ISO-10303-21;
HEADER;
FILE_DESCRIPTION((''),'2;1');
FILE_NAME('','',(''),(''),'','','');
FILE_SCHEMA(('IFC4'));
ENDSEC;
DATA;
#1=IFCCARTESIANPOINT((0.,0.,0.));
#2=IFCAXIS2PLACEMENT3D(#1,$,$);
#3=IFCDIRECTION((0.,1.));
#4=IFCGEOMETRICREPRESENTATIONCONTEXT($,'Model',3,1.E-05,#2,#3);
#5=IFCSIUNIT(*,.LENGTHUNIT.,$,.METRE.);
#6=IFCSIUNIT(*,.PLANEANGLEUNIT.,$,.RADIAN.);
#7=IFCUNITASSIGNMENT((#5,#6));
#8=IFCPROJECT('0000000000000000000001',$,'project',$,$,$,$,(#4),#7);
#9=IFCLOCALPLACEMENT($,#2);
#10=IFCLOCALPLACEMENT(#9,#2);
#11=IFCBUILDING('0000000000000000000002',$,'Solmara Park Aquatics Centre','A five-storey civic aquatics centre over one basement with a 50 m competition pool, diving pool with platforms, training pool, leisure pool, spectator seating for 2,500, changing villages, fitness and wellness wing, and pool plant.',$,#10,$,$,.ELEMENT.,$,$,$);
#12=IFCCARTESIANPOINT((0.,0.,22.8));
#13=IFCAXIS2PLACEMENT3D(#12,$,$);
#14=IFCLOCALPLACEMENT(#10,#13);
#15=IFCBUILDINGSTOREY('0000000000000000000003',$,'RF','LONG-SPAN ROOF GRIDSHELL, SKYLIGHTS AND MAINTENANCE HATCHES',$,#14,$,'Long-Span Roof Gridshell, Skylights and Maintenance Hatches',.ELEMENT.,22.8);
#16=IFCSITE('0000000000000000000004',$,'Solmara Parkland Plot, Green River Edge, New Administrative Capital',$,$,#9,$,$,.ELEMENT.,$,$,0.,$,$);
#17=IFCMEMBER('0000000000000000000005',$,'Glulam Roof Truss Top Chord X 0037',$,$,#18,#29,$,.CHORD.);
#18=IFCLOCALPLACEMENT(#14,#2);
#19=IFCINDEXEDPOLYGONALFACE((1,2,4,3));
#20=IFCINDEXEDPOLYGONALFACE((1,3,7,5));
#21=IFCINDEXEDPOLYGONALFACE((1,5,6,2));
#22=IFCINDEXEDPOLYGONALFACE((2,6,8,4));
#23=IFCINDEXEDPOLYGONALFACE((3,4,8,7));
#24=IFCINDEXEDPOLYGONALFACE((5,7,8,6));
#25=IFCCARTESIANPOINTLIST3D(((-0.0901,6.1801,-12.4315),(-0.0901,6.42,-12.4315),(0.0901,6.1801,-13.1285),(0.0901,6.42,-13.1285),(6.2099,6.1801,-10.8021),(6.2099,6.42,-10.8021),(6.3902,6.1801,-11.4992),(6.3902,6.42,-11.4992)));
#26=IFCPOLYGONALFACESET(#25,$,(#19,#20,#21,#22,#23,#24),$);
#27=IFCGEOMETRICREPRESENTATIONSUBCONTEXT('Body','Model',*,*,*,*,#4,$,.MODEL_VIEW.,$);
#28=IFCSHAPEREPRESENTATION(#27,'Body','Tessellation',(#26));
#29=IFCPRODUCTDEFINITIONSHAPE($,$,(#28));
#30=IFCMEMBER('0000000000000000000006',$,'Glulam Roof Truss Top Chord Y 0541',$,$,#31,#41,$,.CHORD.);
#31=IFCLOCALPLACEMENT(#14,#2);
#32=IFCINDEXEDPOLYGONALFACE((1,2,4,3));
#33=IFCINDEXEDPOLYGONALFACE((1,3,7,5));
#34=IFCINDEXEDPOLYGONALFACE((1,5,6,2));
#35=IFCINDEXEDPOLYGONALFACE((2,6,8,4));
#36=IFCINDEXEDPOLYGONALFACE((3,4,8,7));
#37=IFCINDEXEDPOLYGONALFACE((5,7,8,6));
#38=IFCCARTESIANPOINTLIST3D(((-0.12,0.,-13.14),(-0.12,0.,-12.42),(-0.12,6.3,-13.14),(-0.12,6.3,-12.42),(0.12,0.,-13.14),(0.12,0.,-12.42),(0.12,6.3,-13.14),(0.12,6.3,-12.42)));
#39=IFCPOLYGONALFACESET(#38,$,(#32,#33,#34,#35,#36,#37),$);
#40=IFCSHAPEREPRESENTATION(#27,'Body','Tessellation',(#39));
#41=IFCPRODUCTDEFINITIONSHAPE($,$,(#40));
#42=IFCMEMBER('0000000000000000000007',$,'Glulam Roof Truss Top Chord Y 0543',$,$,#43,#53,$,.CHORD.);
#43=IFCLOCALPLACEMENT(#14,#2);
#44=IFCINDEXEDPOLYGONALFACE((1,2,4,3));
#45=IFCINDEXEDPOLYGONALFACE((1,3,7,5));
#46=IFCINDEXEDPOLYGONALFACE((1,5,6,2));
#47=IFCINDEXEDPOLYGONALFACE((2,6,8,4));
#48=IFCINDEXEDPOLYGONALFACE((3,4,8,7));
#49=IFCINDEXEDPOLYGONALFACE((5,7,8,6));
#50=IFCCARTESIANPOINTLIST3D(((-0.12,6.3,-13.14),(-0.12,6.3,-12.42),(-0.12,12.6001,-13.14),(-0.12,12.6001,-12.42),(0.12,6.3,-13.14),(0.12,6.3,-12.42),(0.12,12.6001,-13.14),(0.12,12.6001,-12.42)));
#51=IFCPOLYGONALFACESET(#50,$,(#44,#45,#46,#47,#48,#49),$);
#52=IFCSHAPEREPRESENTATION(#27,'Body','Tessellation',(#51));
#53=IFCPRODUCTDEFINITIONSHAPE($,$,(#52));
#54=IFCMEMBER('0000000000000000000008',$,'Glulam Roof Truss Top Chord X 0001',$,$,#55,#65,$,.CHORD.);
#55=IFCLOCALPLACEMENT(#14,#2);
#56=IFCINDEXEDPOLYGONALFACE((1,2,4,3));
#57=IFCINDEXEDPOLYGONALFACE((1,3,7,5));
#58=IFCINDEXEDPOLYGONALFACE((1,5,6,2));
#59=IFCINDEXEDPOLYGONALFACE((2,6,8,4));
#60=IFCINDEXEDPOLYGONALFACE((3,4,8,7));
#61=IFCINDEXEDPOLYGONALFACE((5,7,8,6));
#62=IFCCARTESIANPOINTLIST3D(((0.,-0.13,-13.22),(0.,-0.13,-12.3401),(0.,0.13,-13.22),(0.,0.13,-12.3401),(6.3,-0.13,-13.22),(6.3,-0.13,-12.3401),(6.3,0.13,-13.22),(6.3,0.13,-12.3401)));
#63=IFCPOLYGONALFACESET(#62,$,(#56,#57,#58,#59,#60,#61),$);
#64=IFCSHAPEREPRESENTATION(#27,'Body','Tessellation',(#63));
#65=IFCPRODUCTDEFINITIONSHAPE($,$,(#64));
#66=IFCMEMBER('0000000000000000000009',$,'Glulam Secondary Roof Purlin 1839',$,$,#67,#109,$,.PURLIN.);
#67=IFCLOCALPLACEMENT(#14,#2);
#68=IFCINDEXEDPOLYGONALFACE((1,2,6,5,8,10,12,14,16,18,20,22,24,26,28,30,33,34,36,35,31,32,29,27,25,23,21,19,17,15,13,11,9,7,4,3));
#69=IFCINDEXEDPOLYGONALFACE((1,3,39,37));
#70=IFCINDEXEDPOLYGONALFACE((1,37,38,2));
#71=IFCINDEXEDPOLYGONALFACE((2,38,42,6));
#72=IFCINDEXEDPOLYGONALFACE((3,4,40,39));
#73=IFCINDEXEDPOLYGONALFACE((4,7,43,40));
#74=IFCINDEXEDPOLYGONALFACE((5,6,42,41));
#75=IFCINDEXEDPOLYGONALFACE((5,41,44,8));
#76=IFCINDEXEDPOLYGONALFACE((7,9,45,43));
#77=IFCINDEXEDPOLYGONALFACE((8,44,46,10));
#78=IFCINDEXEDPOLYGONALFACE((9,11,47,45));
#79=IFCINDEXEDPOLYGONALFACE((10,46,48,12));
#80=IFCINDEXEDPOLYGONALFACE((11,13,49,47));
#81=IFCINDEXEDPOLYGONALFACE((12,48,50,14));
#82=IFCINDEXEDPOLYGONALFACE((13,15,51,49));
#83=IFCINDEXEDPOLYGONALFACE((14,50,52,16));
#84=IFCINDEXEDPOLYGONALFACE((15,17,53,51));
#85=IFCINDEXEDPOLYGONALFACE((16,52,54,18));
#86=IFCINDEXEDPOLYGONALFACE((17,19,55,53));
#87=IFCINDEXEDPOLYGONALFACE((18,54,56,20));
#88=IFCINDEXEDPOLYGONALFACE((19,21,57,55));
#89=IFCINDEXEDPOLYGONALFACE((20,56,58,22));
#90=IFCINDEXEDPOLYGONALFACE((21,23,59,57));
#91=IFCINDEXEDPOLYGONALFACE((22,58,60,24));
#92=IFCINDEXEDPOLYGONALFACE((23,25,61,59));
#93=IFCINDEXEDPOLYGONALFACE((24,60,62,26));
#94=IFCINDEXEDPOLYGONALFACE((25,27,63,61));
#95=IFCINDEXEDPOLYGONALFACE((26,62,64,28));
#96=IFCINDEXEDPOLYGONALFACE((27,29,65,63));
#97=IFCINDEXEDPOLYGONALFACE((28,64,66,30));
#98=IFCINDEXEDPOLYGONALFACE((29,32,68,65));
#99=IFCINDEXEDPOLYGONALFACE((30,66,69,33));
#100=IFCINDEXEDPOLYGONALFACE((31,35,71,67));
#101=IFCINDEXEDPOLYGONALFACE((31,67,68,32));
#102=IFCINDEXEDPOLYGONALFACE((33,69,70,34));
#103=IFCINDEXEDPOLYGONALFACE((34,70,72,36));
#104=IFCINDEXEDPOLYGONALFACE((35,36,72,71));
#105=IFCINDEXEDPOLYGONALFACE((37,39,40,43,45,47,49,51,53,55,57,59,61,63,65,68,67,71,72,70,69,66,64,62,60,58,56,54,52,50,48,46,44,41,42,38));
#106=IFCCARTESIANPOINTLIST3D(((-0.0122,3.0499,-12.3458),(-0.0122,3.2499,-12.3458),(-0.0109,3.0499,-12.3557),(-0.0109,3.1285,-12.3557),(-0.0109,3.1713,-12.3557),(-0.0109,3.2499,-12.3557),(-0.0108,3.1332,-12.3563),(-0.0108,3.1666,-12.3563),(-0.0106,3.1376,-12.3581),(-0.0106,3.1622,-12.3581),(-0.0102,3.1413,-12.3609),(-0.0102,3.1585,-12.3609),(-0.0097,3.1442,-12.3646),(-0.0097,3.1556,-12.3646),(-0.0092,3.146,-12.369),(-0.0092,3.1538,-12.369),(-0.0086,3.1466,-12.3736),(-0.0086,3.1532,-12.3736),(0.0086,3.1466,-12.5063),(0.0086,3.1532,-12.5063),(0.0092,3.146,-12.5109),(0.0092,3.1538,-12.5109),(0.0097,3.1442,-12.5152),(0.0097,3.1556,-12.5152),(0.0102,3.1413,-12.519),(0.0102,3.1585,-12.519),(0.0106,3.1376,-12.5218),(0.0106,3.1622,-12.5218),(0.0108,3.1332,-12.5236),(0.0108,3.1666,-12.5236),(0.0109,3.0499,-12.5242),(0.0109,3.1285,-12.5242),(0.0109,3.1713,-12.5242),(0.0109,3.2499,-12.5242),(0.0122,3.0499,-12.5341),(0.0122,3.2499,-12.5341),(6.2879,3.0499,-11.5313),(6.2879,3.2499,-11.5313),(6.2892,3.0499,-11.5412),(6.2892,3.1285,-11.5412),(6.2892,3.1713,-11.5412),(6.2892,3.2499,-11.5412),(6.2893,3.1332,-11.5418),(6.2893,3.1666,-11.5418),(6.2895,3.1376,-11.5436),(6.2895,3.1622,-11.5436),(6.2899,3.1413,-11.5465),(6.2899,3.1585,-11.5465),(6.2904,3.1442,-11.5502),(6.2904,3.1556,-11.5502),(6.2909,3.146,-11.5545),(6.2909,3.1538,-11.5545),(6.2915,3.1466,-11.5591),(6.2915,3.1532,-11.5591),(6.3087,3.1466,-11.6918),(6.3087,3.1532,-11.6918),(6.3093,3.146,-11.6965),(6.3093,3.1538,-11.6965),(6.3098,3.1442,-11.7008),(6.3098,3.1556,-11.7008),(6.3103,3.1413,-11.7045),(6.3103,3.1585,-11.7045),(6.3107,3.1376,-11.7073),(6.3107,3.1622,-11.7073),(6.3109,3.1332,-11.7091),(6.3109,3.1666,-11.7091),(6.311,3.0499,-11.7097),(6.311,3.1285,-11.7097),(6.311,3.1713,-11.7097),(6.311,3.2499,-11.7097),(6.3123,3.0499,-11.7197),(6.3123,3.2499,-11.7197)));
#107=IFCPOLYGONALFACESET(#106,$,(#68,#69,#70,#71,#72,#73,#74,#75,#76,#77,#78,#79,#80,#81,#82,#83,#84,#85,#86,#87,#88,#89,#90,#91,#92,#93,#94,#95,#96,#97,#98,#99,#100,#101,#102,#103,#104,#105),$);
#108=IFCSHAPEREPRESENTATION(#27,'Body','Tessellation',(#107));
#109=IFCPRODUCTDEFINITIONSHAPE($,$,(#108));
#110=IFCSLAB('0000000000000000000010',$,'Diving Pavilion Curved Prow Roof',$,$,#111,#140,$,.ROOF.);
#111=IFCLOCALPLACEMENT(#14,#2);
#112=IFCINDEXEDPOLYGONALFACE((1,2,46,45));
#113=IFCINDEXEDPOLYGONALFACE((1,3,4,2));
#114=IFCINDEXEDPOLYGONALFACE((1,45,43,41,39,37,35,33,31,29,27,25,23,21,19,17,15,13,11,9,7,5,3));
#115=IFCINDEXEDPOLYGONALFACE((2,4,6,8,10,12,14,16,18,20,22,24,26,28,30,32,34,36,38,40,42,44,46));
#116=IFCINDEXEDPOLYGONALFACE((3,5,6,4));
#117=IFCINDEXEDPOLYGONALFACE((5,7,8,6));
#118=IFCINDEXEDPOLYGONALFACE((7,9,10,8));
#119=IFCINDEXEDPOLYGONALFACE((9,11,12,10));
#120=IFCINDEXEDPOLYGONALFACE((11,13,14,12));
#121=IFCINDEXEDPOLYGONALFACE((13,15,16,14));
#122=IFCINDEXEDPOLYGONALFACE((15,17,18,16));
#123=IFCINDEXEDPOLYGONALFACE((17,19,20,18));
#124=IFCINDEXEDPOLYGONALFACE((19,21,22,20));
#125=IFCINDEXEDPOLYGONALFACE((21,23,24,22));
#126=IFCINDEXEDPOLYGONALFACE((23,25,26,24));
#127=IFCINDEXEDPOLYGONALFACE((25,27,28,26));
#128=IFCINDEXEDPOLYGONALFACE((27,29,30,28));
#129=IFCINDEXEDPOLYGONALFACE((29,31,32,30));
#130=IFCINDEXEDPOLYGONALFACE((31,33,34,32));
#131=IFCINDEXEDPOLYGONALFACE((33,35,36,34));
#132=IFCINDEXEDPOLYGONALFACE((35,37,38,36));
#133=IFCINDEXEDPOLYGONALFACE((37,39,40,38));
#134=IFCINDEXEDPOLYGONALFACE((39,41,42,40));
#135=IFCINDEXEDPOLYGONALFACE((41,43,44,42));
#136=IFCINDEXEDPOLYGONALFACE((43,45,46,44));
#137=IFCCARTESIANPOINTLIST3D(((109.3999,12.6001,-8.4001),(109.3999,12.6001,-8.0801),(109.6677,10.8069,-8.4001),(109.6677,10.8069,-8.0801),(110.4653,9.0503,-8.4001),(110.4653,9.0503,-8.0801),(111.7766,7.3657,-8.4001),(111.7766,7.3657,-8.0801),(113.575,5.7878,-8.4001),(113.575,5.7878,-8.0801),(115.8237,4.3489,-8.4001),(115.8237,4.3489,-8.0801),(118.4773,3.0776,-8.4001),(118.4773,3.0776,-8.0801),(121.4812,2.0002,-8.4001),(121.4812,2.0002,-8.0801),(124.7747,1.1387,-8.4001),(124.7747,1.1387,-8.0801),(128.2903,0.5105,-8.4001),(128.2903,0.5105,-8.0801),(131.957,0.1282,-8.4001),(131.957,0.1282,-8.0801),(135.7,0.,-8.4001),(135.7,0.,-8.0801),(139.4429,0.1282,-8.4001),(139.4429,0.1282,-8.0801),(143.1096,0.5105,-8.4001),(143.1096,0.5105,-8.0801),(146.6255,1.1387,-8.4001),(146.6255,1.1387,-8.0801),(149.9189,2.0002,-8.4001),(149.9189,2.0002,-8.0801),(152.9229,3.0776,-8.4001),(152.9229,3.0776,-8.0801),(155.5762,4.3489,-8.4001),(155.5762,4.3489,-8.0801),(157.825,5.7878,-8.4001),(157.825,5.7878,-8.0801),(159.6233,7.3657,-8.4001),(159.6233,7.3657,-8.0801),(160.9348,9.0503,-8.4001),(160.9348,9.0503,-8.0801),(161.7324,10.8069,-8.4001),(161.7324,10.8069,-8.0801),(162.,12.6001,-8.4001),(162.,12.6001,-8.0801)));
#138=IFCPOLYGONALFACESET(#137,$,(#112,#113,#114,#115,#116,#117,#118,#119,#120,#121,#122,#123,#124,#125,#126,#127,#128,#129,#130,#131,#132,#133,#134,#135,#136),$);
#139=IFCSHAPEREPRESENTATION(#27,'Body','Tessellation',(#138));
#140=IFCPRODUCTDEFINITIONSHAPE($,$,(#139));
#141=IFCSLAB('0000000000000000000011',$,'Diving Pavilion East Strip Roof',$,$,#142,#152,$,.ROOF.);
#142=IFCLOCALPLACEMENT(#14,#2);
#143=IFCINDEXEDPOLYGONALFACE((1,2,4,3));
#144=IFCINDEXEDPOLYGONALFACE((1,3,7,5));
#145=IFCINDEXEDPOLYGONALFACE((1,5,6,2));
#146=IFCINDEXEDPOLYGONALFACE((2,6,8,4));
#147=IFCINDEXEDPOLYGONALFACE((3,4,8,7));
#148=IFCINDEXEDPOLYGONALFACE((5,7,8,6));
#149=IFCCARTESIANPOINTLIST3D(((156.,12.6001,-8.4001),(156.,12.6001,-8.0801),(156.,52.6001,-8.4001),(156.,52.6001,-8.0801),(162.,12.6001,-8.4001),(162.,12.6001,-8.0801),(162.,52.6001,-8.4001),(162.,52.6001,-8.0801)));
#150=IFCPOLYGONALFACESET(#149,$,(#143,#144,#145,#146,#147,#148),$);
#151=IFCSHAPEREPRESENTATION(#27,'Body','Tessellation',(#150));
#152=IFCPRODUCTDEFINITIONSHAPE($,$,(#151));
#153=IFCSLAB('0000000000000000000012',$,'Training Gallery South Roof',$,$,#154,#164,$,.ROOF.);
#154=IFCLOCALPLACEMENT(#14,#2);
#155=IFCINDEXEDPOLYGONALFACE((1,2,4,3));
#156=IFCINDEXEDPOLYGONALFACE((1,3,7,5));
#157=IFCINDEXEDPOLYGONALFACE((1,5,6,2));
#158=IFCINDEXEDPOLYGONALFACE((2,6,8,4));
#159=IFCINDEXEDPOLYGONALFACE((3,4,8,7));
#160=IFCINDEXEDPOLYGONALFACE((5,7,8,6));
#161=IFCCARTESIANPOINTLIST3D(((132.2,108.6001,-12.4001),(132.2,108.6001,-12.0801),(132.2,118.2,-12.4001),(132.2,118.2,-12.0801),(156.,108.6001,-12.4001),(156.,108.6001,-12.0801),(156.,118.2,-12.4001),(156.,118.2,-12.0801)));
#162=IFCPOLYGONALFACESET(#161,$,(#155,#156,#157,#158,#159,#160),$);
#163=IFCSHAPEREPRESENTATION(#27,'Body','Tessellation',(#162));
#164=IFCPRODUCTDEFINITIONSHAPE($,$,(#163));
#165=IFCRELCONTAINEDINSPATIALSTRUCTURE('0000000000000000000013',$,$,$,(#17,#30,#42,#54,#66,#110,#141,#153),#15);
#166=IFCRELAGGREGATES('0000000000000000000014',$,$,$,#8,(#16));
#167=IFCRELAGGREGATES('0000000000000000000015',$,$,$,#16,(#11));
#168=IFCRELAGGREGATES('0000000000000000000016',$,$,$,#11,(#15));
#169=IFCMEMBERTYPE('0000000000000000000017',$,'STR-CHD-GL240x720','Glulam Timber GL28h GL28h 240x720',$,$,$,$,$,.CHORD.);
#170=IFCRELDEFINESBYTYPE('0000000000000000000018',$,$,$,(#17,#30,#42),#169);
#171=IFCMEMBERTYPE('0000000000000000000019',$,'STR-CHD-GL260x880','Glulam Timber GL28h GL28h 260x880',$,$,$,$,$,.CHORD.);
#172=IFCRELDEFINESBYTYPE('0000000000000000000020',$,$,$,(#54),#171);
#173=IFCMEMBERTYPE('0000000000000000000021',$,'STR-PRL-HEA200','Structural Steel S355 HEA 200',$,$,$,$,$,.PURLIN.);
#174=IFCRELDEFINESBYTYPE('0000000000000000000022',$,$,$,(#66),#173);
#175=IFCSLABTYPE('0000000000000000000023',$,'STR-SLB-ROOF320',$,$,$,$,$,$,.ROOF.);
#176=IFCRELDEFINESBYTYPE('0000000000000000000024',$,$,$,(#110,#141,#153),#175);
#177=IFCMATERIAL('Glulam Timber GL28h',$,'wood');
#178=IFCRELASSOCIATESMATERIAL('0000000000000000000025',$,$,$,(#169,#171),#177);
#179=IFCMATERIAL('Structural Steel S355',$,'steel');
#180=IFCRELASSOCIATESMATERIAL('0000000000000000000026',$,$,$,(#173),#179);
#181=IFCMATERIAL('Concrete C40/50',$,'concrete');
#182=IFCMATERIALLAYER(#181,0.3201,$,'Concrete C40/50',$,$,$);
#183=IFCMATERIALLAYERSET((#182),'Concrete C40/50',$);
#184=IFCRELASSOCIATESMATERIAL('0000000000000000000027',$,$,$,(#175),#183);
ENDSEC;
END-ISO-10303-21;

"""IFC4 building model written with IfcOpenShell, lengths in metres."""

from ifc_helpers import new_model, si_unit, direction, frame, origin, origin_2d, place, context, subcontext, project, spatial, polyline, rectangle, i_section, outline, extrude, material, layer, layer_set, material_profile, profile_set, type_object, element, save


model = new_model("IFC4")

# Units and contexts
model_context = context("Model", 3, precision=1e-05, world=origin(), true_north=direction((0.0, 1.0)))
body_context = subcontext(model_context, "Body", "Model", "MODEL_VIEW")
ifc_project = project(units=[si_unit("LENGTHUNIT", "METRE"), si_unit("PLANEANGLEUNIT", "RADIAN")], contexts=[model_context])

# Site, building, storey
site_placement = place(None, origin())
site = spatial("IfcSite", under=ifc_project, at=site_placement, Name="Solmara Parkland Plot, Green River Edge, New Administrative Capital", CompositionType="ELEMENT", RefElevation=0.0)
building_placement = place(site_placement, origin())
building = spatial("IfcBuilding", under=site, at=building_placement, Name="Solmara Park Aquatics Centre", Description="A five-storey civic aquatics centre over one basement with a 50 m competition pool, diving pool with platforms, training pool, leisure pool, spectator seating for 2,500, changing villages, fitness and wellness wing, and pool plant.", CompositionType="ELEMENT")
storey_placement = place(building_placement, frame((0.0, 0.0, 22.8)))
storey = spatial("IfcBuildingStorey", under=building, at=storey_placement, Name="RF", Description="LONG-SPAN ROOF GRIDSHELL, SKYLIGHTS AND MAINTENANCE HATCHES", LongName="Long-Span Roof Gridshell, Skylights and Maintenance Hatches", CompositionType="ELEMENT", Elevation=22.8)

# Members
ifc_material_1 = material(Name="Glulam Timber GL28h", Category="wood")
ifc_material_profile_1 = material_profile(ifc_material_1, rectangle(XDim=0.24, YDim=0.72, at=origin_2d()), Name="GL28h 240x720")
ifc_profile_set_1 = profile_set([ifc_material_profile_1], Name="Glulam Timber GL28h")
member_type_1 = type_object("IfcMemberType", Name="STR-CHD-GL240x720", Description="Glulam Timber GL28h GL28h 240x720", PredefinedType="CHORD", material=ifc_profile_set_1)
member_1_placement = place(storey_placement, frame((0.0, 6.3, -12.78), z_axis=(0.968144, 0.0, 0.250393), x_axis=(0.0, 1.0, 0.0)))
element("IfcMember", 1, at=member_1_placement, inside=storey, type_object=member_type_1, Name="Glulam Roof Truss Top Chord X 0037", PredefinedType="CHORD", context=body_context, shape_type="SweptSolid", body=[
    extrude(rectangle(XDim=0.24, YDim=0.72, at=origin_2d()), origin(), (0.0, 0.0, 1.0), 6.5073),
])
for number, where, z_axis, x_axis, name in (
    (2, (0.0, 0.0, -12.78), (0.0, 1.0, 0.0), (-1.0, 0.0, 0.0), "Glulam Roof Truss Top Chord Y 0541"),
    (3, (0.0, 6.3, -12.78), (0.0, 1.0, 0.0), (-1.0, 0.0, 0.0), "Glulam Roof Truss Top Chord Y 0543"),
):
    element("IfcMember", number, at=place(storey_placement, frame(where, z_axis=z_axis, x_axis=x_axis)), inside=storey, type_object=member_type_1, Name=name, PredefinedType="CHORD", context=body_context, shape_type="SweptSolid", body=[
        extrude(rectangle(XDim=0.24, YDim=0.72, at=origin_2d()), origin(), (0.0, 0.0, 1.0), 6.3),
    ])
ifc_material_profile_2 = material_profile(ifc_material_1, rectangle(XDim=0.26, YDim=0.8799, at=origin_2d()), Name="GL28h 260x880")
ifc_profile_set_2 = profile_set([ifc_material_profile_2], Name="Glulam Timber GL28h")
member_type_2 = type_object("IfcMemberType", Name="STR-CHD-GL260x880", Description="Glulam Timber GL28h GL28h 260x880", PredefinedType="CHORD", material=ifc_profile_set_2)
member_2_placement = place(storey_placement, frame((0.0, 0.0, -12.78), z_axis=(1.0, 0.0, 0.0), x_axis=(0.0, 1.0, 0.0)))
element("IfcMember", 4, at=member_2_placement, inside=storey, type_object=member_type_2, Name="Glulam Roof Truss Top Chord X 0001", PredefinedType="CHORD", context=body_context, shape_type="SweptSolid", body=[
    extrude(rectangle(XDim=0.26, YDim=0.8799, at=origin_2d()), origin(), (0.0, 0.0, 1.0), 6.3),
])
ifc_material_2 = material(Name="Structural Steel S355", Category="steel")
ifc_material_profile_3 = material_profile(ifc_material_2, i_section(OverallWidth=0.2, OverallDepth=0.1899, WebThickness=0.0066, FlangeThickness=0.01, FilletRadius=0.0181, at=origin_2d()), Name="HEA 200")
ifc_profile_set_3 = profile_set([ifc_material_profile_3], Name="Structural Steel S355")
member_type_3 = type_object("IfcMemberType", Name="STR-PRL-HEA200", Description="Structural Steel S355 HEA 200", PredefinedType="PURLIN", material=ifc_profile_set_3)
member_3_placement = place(storey_placement, frame((0.0, 3.1499, -12.4399), z_axis=(0.991747, 0.0, 0.12821), x_axis=(0.0, 1.0, 0.0)))
element("IfcMember", 5, at=member_3_placement, inside=storey, type_object=member_type_3, Name="Glulam Secondary Roof Purlin 1839", PredefinedType="PURLIN", context=body_context, shape_type="SweptSolid", body=[
    extrude(i_section(OverallWidth=0.2, OverallDepth=0.1899, WebThickness=0.0066, FlangeThickness=0.01, FilletRadius=0.0181, at=origin_2d()), origin(), (0.0, 0.0, 1.0), 6.3525),
])

# Slabs
ifc_material_3 = material(Name="Concrete C40/50", Category="concrete")
ifc_layer = layer(ifc_material_3, 0.3201, Name="Concrete C40/50")
ifc_layer_set = layer_set([ifc_layer], Name="Concrete C40/50")
slab_type = type_object("IfcSlabType", Name="STR-SLB-ROOF320", PredefinedType="ROOF", material=ifc_layer_set)
slab_1_placement = place(storey_placement, frame((0.0, 0.0, -8.4001)))
element("IfcSlab", 6, at=slab_1_placement, inside=storey, type_object=slab_type, Name="Diving Pavilion Curved Prow Roof", PredefinedType="ROOF", context=body_context, shape_type="SweptSolid", body=[
    extrude(outline(polyline([(109.3999, 12.6001), (109.6677, 10.8069), (110.4653, 9.0503), (111.7766, 7.3657), (113.575, 5.7878), (115.8237, 4.3489), (118.4773, 3.0776), (121.4812, 2.0002), (124.7747, 1.1387), (128.2903, 0.5105), (131.957, 0.1282), (135.7, 0.0), (139.4429, 0.1282), (143.1096, 0.5105), (146.6255, 1.1387), (149.9189, 2.0002), (152.9229, 3.0776), (155.5762, 4.3489), (157.825, 5.7878), (159.6233, 7.3657), (160.9348, 9.0503), (161.7324, 10.8069), (162.0, 12.6001), (162.0, 12.6001), (109.3999, 12.6001), (109.3999, 12.6001)])), origin(), (0.0, 0.0, 1.0), 0.3201),
])
slab_2_placement = place(storey_placement, frame((0.0, 0.0, -8.4001)))
element("IfcSlab", 7, at=slab_2_placement, inside=storey, type_object=slab_type, Name="Diving Pavilion East Strip Roof", PredefinedType="ROOF", context=body_context, shape_type="SweptSolid", body=[
    extrude(outline(polyline([(156.0, 12.6001), (162.0, 12.6001), (162.0, 52.6001), (156.0, 52.6001), (156.0, 12.6001)])), origin(), (0.0, 0.0, 1.0), 0.3201),
])
slab_3_placement = place(storey_placement, frame((0.0, 0.0, -12.4001)))
element("IfcSlab", 8, at=slab_3_placement, inside=storey, type_object=slab_type, Name="Training Gallery South Roof", PredefinedType="ROOF", context=body_context, shape_type="SweptSolid", body=[
    extrude(outline(polyline([(132.2, 108.6001), (156.0, 108.6001), (156.0, 118.2), (132.2, 118.2), (132.2, 108.6001)])), origin(), (0.0, 0.0, 1.0), 0.3201),
])

save(model, "model.ifc")
